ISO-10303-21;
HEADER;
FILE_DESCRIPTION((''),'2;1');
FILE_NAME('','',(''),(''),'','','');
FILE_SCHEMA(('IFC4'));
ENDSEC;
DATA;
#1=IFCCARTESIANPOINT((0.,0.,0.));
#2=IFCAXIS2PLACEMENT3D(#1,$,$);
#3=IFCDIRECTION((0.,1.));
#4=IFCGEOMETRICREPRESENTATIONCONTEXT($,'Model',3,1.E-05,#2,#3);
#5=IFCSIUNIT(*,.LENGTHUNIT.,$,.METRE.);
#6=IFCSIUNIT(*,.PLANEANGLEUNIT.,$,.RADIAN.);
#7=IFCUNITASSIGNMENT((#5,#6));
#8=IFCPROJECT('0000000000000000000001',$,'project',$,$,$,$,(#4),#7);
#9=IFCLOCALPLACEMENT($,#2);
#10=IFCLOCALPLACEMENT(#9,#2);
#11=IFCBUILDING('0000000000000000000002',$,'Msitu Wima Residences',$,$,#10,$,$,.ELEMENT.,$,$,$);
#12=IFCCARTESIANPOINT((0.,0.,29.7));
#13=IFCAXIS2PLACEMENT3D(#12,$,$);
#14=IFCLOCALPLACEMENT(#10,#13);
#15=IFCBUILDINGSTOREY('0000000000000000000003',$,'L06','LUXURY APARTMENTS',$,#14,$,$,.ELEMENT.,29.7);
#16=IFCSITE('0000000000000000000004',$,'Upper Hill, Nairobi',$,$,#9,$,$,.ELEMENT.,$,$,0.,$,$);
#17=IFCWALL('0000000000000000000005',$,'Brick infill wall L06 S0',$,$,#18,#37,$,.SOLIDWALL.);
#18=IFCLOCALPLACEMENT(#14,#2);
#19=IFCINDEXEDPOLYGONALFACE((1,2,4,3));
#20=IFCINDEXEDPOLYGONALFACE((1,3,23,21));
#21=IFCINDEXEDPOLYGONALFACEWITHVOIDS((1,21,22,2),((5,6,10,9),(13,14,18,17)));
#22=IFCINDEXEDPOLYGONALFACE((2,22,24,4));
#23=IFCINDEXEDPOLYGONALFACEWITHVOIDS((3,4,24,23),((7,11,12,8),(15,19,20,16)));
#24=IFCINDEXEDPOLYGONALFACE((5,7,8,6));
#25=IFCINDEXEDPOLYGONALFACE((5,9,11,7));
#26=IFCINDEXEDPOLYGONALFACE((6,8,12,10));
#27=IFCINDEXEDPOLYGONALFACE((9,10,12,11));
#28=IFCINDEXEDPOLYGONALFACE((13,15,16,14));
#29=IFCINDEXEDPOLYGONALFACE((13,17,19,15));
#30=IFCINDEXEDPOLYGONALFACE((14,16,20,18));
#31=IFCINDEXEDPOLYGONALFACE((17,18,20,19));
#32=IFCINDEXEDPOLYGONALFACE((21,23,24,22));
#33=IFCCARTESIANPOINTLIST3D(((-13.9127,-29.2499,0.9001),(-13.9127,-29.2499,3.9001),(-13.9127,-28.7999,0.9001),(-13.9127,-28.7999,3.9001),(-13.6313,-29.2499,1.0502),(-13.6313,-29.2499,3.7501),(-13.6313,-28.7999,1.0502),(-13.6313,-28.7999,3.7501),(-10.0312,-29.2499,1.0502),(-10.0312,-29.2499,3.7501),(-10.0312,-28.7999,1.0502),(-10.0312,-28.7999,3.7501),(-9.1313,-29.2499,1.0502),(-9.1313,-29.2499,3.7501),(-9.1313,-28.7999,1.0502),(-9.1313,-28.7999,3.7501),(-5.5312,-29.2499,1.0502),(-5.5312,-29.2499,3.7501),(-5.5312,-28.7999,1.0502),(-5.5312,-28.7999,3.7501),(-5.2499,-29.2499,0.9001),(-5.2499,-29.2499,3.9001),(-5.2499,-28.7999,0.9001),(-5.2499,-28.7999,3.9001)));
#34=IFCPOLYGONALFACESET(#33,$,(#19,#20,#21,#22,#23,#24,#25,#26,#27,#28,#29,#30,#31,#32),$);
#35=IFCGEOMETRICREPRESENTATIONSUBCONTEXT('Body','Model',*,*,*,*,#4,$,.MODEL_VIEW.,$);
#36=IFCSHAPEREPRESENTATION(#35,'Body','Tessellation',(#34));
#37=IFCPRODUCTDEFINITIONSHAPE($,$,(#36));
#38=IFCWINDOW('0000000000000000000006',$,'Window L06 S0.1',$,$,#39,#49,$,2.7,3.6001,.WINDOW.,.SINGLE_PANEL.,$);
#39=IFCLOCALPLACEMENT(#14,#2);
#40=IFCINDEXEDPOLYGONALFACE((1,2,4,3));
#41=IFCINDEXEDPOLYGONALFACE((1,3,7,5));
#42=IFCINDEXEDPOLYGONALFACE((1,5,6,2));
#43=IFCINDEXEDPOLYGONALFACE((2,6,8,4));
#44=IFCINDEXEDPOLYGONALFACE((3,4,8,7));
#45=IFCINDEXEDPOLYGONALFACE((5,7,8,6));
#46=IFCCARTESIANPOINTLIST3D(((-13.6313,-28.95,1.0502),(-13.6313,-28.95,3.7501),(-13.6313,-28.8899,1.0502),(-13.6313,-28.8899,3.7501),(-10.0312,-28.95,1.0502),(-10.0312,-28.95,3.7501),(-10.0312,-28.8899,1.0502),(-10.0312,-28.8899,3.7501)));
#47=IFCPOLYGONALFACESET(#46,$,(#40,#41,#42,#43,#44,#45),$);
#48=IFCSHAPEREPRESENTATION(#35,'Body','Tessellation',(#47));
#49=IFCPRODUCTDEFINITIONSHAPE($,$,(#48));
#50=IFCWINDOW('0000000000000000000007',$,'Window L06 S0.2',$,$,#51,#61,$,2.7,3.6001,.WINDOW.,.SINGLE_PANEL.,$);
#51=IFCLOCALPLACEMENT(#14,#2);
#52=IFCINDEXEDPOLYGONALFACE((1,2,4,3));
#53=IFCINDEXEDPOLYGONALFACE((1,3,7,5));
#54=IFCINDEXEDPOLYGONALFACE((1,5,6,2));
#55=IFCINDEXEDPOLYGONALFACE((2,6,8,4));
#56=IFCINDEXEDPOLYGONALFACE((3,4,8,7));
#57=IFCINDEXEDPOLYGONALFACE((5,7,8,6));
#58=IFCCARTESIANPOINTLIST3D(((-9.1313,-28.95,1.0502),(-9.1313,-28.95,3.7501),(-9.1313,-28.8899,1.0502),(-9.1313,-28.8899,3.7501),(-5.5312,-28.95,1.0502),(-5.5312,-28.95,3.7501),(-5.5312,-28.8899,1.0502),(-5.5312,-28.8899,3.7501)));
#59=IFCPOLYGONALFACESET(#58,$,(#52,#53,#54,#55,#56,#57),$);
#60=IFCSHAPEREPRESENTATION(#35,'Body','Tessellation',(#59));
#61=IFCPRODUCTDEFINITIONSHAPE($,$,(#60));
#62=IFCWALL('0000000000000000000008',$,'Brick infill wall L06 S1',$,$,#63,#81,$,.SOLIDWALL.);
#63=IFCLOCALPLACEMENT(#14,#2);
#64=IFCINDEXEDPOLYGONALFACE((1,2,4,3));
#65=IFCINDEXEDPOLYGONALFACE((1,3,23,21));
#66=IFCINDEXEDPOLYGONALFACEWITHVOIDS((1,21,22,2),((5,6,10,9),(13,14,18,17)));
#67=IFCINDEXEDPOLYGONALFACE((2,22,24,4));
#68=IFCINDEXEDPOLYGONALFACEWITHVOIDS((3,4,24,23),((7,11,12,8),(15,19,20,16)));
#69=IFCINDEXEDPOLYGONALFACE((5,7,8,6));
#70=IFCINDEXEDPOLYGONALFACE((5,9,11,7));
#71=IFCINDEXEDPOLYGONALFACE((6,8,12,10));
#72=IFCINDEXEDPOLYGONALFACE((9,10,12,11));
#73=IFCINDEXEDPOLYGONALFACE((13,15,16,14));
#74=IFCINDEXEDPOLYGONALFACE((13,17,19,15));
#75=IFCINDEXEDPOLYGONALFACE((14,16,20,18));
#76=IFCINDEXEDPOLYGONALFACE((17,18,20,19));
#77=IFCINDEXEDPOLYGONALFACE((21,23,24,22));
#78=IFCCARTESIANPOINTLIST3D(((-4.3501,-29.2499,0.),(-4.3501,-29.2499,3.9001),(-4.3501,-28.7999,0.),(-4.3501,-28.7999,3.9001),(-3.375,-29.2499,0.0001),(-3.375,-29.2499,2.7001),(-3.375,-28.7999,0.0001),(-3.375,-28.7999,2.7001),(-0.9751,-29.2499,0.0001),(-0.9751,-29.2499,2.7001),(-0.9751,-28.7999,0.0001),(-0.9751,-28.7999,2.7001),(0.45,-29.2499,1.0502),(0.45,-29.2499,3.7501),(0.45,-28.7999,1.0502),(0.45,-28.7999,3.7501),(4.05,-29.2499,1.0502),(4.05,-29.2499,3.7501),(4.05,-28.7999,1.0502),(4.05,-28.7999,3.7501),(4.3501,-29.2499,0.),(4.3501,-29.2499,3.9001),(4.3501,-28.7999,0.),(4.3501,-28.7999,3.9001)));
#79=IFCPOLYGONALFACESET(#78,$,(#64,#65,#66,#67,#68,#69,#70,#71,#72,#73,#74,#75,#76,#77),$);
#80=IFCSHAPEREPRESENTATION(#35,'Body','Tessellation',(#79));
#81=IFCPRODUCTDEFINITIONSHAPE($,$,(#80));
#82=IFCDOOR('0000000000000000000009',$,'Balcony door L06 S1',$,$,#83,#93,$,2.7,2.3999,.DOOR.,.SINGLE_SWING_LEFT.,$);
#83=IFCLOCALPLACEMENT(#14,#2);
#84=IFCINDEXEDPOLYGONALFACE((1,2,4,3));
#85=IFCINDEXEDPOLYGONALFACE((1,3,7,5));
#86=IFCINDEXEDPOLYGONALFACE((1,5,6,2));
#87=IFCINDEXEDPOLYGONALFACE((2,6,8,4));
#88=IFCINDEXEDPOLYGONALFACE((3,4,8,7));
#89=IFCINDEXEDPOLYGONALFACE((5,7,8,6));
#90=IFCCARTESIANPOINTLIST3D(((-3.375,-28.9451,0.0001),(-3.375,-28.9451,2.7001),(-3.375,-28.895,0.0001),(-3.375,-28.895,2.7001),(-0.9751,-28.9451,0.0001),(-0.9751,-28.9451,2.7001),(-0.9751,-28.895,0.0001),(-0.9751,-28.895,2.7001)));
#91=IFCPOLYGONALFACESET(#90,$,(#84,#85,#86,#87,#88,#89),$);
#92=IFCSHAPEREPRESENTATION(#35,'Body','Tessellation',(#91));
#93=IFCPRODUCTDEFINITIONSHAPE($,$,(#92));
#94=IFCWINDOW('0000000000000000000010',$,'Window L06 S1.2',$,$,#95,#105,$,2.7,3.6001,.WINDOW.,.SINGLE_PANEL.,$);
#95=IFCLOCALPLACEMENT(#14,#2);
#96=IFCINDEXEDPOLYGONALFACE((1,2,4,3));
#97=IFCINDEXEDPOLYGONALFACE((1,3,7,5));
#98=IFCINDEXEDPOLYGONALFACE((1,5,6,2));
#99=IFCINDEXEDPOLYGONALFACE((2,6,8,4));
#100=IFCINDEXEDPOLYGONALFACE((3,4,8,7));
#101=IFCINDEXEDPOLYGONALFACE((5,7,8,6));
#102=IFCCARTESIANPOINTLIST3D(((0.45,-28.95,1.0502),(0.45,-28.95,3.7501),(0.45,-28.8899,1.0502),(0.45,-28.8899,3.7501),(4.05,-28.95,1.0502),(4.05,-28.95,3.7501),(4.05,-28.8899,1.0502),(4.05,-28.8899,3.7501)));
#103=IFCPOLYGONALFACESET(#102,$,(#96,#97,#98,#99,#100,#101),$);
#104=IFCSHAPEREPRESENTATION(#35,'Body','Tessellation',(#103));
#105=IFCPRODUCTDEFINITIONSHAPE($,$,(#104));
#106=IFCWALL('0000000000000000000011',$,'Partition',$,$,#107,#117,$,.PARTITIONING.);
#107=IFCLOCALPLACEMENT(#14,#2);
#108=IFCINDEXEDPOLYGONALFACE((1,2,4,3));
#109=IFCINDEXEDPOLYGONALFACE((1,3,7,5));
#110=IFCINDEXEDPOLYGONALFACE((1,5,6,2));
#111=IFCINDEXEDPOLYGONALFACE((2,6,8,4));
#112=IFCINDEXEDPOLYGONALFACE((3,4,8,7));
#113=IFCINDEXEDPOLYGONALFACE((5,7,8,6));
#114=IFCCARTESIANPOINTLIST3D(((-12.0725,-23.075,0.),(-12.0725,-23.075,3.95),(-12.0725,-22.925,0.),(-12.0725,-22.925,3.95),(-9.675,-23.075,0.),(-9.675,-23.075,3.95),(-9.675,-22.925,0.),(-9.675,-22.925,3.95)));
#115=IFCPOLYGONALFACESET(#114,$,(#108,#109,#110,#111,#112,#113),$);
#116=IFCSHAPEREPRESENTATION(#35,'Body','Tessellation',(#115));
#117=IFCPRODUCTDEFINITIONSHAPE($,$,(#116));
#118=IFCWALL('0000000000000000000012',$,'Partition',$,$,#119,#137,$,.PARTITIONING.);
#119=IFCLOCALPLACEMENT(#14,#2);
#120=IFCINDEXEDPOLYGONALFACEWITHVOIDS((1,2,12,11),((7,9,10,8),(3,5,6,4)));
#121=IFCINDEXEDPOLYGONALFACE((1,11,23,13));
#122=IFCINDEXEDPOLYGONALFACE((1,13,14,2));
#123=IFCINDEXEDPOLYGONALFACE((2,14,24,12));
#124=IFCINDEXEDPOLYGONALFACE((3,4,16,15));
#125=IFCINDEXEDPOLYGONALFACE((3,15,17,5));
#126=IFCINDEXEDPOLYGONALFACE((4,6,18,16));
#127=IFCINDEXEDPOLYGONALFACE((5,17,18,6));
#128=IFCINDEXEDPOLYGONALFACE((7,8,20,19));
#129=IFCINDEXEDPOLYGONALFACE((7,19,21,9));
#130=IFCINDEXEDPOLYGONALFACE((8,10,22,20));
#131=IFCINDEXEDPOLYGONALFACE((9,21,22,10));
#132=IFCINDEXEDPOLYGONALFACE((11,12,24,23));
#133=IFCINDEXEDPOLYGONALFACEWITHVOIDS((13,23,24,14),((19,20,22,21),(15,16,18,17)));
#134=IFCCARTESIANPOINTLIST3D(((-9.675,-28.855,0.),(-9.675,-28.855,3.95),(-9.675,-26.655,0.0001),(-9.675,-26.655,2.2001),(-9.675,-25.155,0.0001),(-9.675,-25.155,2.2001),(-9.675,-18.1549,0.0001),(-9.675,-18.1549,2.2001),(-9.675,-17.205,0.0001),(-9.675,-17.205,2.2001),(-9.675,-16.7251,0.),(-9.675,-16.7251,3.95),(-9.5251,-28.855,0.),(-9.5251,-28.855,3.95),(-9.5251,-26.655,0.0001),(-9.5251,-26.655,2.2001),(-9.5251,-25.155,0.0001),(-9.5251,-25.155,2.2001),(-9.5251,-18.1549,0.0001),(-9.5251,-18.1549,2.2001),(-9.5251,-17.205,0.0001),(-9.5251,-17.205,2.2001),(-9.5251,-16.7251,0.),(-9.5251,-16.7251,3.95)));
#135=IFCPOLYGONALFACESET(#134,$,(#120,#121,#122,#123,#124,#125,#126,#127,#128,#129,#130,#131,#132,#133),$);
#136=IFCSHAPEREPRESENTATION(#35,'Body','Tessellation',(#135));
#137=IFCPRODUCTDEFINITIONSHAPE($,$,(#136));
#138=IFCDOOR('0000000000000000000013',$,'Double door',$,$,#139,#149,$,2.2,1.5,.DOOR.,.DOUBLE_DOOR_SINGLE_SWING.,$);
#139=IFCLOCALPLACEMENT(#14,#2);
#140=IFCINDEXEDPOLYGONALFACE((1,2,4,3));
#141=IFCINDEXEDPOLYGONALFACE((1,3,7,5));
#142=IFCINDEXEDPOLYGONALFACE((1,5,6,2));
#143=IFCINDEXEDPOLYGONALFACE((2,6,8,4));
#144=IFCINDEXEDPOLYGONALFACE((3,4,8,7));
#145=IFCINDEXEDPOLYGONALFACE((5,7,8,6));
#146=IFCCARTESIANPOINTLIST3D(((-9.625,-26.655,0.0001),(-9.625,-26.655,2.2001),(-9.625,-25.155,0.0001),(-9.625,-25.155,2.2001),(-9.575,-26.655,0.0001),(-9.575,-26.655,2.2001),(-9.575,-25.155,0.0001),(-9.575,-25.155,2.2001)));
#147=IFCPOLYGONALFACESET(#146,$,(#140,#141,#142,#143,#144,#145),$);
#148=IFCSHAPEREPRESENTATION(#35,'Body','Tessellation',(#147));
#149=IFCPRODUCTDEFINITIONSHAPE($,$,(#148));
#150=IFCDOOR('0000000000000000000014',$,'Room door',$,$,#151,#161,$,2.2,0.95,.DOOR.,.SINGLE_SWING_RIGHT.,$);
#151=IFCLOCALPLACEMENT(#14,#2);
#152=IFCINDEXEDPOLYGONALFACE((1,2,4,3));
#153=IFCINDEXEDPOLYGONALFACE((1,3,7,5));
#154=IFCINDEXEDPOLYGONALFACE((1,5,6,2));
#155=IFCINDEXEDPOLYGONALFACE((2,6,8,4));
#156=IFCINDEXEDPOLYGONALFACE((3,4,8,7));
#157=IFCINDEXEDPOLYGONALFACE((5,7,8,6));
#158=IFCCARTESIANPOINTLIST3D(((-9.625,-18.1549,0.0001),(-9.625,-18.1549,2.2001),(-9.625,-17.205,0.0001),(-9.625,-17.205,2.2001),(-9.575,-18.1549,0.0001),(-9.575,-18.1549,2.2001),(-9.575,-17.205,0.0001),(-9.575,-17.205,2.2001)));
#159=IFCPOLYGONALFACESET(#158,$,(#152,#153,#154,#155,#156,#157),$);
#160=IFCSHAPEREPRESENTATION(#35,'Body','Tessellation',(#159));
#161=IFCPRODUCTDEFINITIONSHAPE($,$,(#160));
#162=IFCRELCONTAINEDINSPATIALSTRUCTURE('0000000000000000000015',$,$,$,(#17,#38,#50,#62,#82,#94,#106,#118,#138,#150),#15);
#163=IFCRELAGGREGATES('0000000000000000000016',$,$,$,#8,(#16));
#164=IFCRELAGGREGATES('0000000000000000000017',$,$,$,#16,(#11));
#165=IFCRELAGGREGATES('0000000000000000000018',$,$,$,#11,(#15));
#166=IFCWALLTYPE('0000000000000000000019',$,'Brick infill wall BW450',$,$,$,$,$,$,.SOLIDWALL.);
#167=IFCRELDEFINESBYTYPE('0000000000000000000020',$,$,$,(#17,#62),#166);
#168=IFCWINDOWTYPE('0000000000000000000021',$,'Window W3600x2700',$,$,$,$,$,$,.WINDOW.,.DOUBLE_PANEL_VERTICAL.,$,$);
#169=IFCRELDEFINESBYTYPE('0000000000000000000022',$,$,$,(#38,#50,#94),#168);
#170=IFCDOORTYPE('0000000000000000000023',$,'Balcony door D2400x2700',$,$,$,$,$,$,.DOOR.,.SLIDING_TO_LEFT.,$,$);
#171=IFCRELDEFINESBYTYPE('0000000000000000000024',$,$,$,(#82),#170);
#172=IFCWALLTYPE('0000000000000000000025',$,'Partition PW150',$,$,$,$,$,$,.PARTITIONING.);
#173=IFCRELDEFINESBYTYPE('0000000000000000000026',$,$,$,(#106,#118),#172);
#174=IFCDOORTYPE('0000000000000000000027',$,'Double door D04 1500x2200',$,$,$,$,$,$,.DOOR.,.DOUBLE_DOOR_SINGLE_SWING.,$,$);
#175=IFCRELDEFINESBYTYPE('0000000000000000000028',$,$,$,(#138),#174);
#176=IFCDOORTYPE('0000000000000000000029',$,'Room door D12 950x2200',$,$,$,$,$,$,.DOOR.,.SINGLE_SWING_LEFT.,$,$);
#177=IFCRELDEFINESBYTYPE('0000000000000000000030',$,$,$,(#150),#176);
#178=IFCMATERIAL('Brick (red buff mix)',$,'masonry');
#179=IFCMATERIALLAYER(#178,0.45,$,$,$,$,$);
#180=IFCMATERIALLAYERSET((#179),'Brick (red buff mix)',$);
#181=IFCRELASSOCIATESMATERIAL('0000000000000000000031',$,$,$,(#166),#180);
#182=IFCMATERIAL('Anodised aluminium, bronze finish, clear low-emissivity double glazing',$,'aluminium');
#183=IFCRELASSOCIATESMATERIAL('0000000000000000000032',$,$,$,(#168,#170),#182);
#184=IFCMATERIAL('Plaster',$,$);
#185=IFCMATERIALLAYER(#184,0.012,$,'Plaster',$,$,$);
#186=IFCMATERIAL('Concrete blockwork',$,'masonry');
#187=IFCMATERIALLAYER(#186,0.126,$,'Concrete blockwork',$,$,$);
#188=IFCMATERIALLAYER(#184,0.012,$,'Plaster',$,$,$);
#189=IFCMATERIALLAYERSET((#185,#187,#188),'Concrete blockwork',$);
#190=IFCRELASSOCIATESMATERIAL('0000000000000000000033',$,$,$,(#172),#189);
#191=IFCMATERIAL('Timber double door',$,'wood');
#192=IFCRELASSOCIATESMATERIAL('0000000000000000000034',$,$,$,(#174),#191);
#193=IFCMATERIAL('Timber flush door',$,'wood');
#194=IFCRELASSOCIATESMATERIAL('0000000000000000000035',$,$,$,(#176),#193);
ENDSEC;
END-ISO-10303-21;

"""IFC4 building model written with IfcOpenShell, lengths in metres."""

from ifc_helpers import new_model, si_unit, direction, frame, frame_2d, origin, place, context, subcontext, project, spatial, rectangle, extrude, material, layer, layer_set, type_object, element, fill, save


model = new_model("IFC4")

# Units and contexts
model_context = context("Model", 3, precision=1e-05, world=origin(), true_north=direction((0.0, 1.0)))
body_context = subcontext(model_context, "Body", "Model", "MODEL_VIEW")
ifc_project = project(units=[si_unit("LENGTHUNIT", "METRE"), si_unit("PLANEANGLEUNIT", "RADIAN")], contexts=[model_context])

# Site, building, storey
site_placement = place(None, origin())
site = spatial("IfcSite", under=ifc_project, at=site_placement, Name="Upper Hill, Nairobi", CompositionType="ELEMENT", RefElevation=0.0)
building_placement = place(site_placement, origin())
building = spatial("IfcBuilding", under=site, at=building_placement, Name="Msitu Wima Residences", CompositionType="ELEMENT")
storey_placement = place(building_placement, frame((0.0, 0.0, 29.7)))
storey = spatial("IfcBuildingStorey", under=building, at=storey_placement, Name="L06", Description="LUXURY APARTMENTS", CompositionType="ELEMENT", Elevation=29.7)

# Wall, openings, windows
ifc_material_1 = material(Name="Brick (red buff mix)", Category="masonry")
ifc_layer_1 = layer(ifc_material_1, 0.45)
ifc_layer_set_1 = layer_set([ifc_layer_1], Name="Brick (red buff mix)")
wall_type_1 = type_object("IfcWallType", Name="Brick infill wall BW450", PredefinedType="SOLIDWALL", material=ifc_layer_set_1)
wall_1_placement = place(storey_placement, frame((-13.9128, -29.0249, 0.9001), z_axis=(0.0, 0.0, 1.0), x_axis=(1.0, 0.0, 0.0)))
wall_1 = element("IfcWall", 1, at=wall_1_placement, inside=storey, type_object=wall_type_1, Name="Brick infill wall L06 S0", PredefinedType="SOLIDWALL", context=body_context, shape_type="SweptSolid", body=[
    extrude(rectangle(XDim=8.6628, YDim=0.45, at=frame_2d((4.3315, 0.0))), origin(), (0.0, 0.0, 1.0), 3.0),
])
opening_1_placement = place(wall_1_placement, frame((0.2815, 0.0, 0.1499)))
opening_1 = element("IfcOpeningElement", 2, at=opening_1_placement, cuts=wall_1, PredefinedType="OPENING", context=body_context, shape_type="SweptSolid", body=[
    extrude(rectangle(XDim=3.6001, YDim=2.7, at=frame_2d((1.8, 1.3501))), frame((0.0, 0.2349, 0.0), z_axis=(0.0, -1.0, 0.0), x_axis=(1.0, 0.0, 0.0)), (0.0, 0.0, 1.0), 0.47),
])
opening_2_placement = place(wall_1_placement, frame((4.7815, 0.0, 0.1499)))
opening_2 = element("IfcOpeningElement", 3, at=opening_2_placement, cuts=wall_1, PredefinedType="OPENING", context=body_context, shape_type="SweptSolid", body=[
    extrude(rectangle(XDim=3.6001, YDim=2.7, at=frame_2d((1.8, 1.3501))), frame((0.0, 0.2349, 0.0), z_axis=(0.0, -1.0, 0.0), x_axis=(1.0, 0.0, 0.0)), (0.0, 0.0, 1.0), 0.47),
])
ifc_material_2 = material(Name="Anodised aluminium, bronze finish, clear low-emissivity double glazing", Category="aluminium")
window_type = type_object("IfcWindowType", Name="Window W3600x2700", PartitioningType="DOUBLE_PANEL_VERTICAL", PredefinedType="WINDOW", material=ifc_material_2)
window_1_placement = place(opening_1_placement, origin())
window_1 = element("IfcWindow", 4, at=window_1_placement, inside=storey, type_object=window_type, Name="Window L06 S0.1", OverallHeight=2.7, OverallWidth=3.6001, PartitioningType="SINGLE_PANEL", PredefinedType="WINDOW", context=body_context, shape_type="SweptSolid", body=[
    extrude(rectangle(XDim=3.6001, YDim=2.7, at=frame_2d((1.8, 1.3501))), frame((0.0, 0.135, 0.0), z_axis=(0.0, -1.0, 0.0), x_axis=(1.0, 0.0, 0.0)), (0.0, 0.0, 1.0), 0.0601),
])
fill(opening_1, window_1)
window_2_placement = place(opening_2_placement, origin())
window_2 = element("IfcWindow", 5, at=window_2_placement, inside=storey, type_object=window_type, Name="Window L06 S0.2", OverallHeight=2.7, OverallWidth=3.6001, PartitioningType="SINGLE_PANEL", PredefinedType="WINDOW", context=body_context, shape_type="SweptSolid", body=[
    extrude(rectangle(XDim=3.6001, YDim=2.7, at=frame_2d((1.8, 1.3501))), frame((0.0, 0.135, 0.0), z_axis=(0.0, -1.0, 0.0), x_axis=(1.0, 0.0, 0.0)), (0.0, 0.0, 1.0), 0.0601),
])
fill(opening_2, window_2)

# Wall, openings, door, window
wall_2_placement = place(storey_placement, frame((-4.3501, -29.0249, 0.0), z_axis=(0.0, 0.0, 1.0), x_axis=(1.0, 0.0, 0.0)))
wall_2 = element("IfcWall", 6, at=wall_2_placement, inside=storey, type_object=wall_type_1, Name="Brick infill wall L06 S1", PredefinedType="SOLIDWALL", context=body_context, shape_type="SweptSolid", body=[
    extrude(rectangle(XDim=8.7002, YDim=0.45, at=frame_2d((4.3501, 0.0))), origin(), (0.0, 0.0, 1.0), 3.9001),
])
opening_3_placement = place(wall_2_placement, frame((0.9751, 0.0, 0.0)))
opening_3 = element("IfcOpeningElement", 7, at=opening_3_placement, cuts=wall_2, PredefinedType="OPENING", context=body_context, shape_type="SweptSolid", body=[
    extrude(rectangle(XDim=2.3999, YDim=2.7, at=frame_2d((1.2, 1.3501))), frame((0.0, 0.2349, 0.0), z_axis=(0.0, -1.0, 0.0), x_axis=(1.0, 0.0, 0.0)), (0.0, 0.0, 1.0), 0.47),
])
opening_4_placement = place(wall_2_placement, frame((4.8, 0.0, 1.05)))
opening_4 = element("IfcOpeningElement", 8, at=opening_4_placement, cuts=wall_2, PredefinedType="OPENING", context=body_context, shape_type="SweptSolid", body=[
    extrude(rectangle(XDim=3.6001, YDim=2.7, at=frame_2d((1.8, 1.3501))), frame((0.0, 0.2349, 0.0), z_axis=(0.0, -1.0, 0.0), x_axis=(1.0, 0.0, 0.0)), (0.0, 0.0, 1.0), 0.47),
])
door_type_1 = type_object("IfcDoorType", Name="Balcony door D2400x2700", OperationType="SLIDING_TO_LEFT", PredefinedType="DOOR", material=ifc_material_2)
door_1_placement = place(opening_3_placement, origin())
door_1 = element("IfcDoor", 9, at=door_1_placement, inside=storey, type_object=door_type_1, Name="Balcony door L06 S1", OperationType="SINGLE_SWING_LEFT", OverallHeight=2.7, OverallWidth=2.3999, PredefinedType="DOOR", context=body_context, shape_type="SweptSolid", body=[
    extrude(rectangle(XDim=2.3999, YDim=2.7, at=frame_2d((1.2, 1.3501))), frame((0.0, 0.1299, 0.0), z_axis=(0.0, -1.0, 0.0), x_axis=(1.0, 0.0, 0.0)), (0.0, 0.0, 1.0), 0.05),
])
fill(opening_3, door_1)
window_3_placement = place(opening_4_placement, origin())
window_3 = element("IfcWindow", 10, at=window_3_placement, inside=storey, type_object=window_type, Name="Window L06 S1.2", OverallHeight=2.7, OverallWidth=3.6001, PartitioningType="SINGLE_PANEL", PredefinedType="WINDOW", context=body_context, shape_type="SweptSolid", body=[
    extrude(rectangle(XDim=3.6001, YDim=2.7, at=frame_2d((1.8, 1.3501))), frame((0.0, 0.135, 0.0), z_axis=(0.0, -1.0, 0.0), x_axis=(1.0, 0.0, 0.0)), (0.0, 0.0, 1.0), 0.0601),
])
fill(opening_4, window_3)

# Wall
ifc_material_3 = material(Name="Plaster")
ifc_layer_2 = layer(ifc_material_3, 0.012, Name="Plaster")
ifc_material_4 = material(Name="Concrete blockwork", Category="masonry")
ifc_layer_3 = layer(ifc_material_4, 0.126, Name="Concrete blockwork")
ifc_layer_4 = layer(ifc_material_3, 0.012, Name="Plaster")
ifc_layer_set_2 = layer_set([ifc_layer_2, ifc_layer_3, ifc_layer_4], Name="Concrete blockwork")
wall_type_2 = type_object("IfcWallType", Name="Partition PW150", PredefinedType="PARTITIONING", material=ifc_layer_set_2)
wall_3_placement = place(storey_placement, frame((-12.0725, -23.0, 0.0), z_axis=(0.0, 0.0, 1.0), x_axis=(1.0, 0.0, 0.0)))
element("IfcWall", 11, at=wall_3_placement, inside=storey, type_object=wall_type_2, Name="Partition", PredefinedType="PARTITIONING", context=body_context, shape_type="SweptSolid", body=[
    extrude(rectangle(XDim=2.3975, YDim=0.1499, at=frame_2d((1.1987, 0.0))), origin(), (0.0, 0.0, 1.0), 3.95),
])

# Wall, openings, doors
wall_4_placement = place(storey_placement, frame((-9.6001, -28.855, 0.0), z_axis=(0.0, 0.0, 1.0), x_axis=(0.0, 1.0, 0.0)))
wall_4 = element("IfcWall", 12, at=wall_4_placement, inside=storey, type_object=wall_type_2, Name="Partition", PredefinedType="PARTITIONING", context=body_context, shape_type="SweptSolid", body=[
    extrude(rectangle(XDim=12.1299, YDim=0.1499, at=frame_2d((6.0649, 0.0))), origin(), (0.0, 0.0, 1.0), 3.95),
])
opening_5_placement = place(wall_4_placement, frame((10.7, 0.0, 0.0)))
opening_5 = element("IfcOpeningElement", 13, at=opening_5_placement, cuts=wall_4, PredefinedType="OPENING", context=body_context, shape_type="SweptSolid", body=[
    extrude(rectangle(XDim=0.95, YDim=2.2, at=frame_2d((0.4751, 1.1001))), frame((0.0, 0.085, 0.0), z_axis=(0.0, -1.0, 0.0), x_axis=(1.0, 0.0, 0.0)), (0.0, 0.0, 1.0), 0.1699),
])
opening_6_placement = place(wall_4_placement, frame((2.2, 0.0, 0.0)))
opening_6 = element("IfcOpeningElement", 14, at=opening_6_placement, cuts=wall_4, PredefinedType="OPENING", context=body_context, shape_type="SweptSolid", body=[
    extrude(rectangle(XDim=1.5, YDim=2.2, at=frame_2d((0.75, 1.1001))), frame((0.0, 0.085, 0.0), z_axis=(0.0, -1.0, 0.0), x_axis=(1.0, 0.0, 0.0)), (0.0, 0.0, 1.0), 0.1699),
])
ifc_material_5 = material(Name="Timber double door", Category="wood")
door_type_2 = type_object("IfcDoorType", Name="Double door D04 1500x2200", OperationType="DOUBLE_DOOR_SINGLE_SWING", PredefinedType="DOOR", material=ifc_material_5)
door_2_placement = place(opening_6_placement, origin())
door_2 = element("IfcDoor", 15, at=door_2_placement, inside=storey, type_object=door_type_2, Name="Double door", OperationType="DOUBLE_DOOR_SINGLE_SWING", OverallHeight=2.2, OverallWidth=1.5, PredefinedType="DOOR", context=body_context, shape_type="SweptSolid", body=[
    extrude(rectangle(XDim=1.5, YDim=2.2, at=frame_2d((0.75, 1.1001))), frame((0.0, 0.0249, 0.0), z_axis=(0.0, -1.0, 0.0), x_axis=(1.0, 0.0, 0.0)), (0.0, 0.0, 1.0), 0.05),
])
fill(opening_6, door_2)
ifc_material_6 = material(Name="Timber flush door", Category="wood")
door_type_3 = type_object("IfcDoorType", Name="Room door D12 950x2200", OperationType="SINGLE_SWING_LEFT", PredefinedType="DOOR", material=ifc_material_6)
door_3_placement = place(opening_5_placement, origin())
door_3 = element("IfcDoor", 16, at=door_3_placement, inside=storey, type_object=door_type_3, Name="Room door", OperationType="SINGLE_SWING_RIGHT", OverallHeight=2.2, OverallWidth=0.95, PredefinedType="DOOR", context=body_context, shape_type="SweptSolid", body=[
    extrude(rectangle(XDim=0.95, YDim=2.2, at=frame_2d((0.4751, 1.1001))), frame((0.0, 0.0249, 0.0), z_axis=(0.0, -1.0, 0.0), x_axis=(1.0, 0.0, 0.0)), (0.0, 0.0, 1.0), 0.05),
])
fill(opening_5, door_3)

save(model, "model.ifc")
